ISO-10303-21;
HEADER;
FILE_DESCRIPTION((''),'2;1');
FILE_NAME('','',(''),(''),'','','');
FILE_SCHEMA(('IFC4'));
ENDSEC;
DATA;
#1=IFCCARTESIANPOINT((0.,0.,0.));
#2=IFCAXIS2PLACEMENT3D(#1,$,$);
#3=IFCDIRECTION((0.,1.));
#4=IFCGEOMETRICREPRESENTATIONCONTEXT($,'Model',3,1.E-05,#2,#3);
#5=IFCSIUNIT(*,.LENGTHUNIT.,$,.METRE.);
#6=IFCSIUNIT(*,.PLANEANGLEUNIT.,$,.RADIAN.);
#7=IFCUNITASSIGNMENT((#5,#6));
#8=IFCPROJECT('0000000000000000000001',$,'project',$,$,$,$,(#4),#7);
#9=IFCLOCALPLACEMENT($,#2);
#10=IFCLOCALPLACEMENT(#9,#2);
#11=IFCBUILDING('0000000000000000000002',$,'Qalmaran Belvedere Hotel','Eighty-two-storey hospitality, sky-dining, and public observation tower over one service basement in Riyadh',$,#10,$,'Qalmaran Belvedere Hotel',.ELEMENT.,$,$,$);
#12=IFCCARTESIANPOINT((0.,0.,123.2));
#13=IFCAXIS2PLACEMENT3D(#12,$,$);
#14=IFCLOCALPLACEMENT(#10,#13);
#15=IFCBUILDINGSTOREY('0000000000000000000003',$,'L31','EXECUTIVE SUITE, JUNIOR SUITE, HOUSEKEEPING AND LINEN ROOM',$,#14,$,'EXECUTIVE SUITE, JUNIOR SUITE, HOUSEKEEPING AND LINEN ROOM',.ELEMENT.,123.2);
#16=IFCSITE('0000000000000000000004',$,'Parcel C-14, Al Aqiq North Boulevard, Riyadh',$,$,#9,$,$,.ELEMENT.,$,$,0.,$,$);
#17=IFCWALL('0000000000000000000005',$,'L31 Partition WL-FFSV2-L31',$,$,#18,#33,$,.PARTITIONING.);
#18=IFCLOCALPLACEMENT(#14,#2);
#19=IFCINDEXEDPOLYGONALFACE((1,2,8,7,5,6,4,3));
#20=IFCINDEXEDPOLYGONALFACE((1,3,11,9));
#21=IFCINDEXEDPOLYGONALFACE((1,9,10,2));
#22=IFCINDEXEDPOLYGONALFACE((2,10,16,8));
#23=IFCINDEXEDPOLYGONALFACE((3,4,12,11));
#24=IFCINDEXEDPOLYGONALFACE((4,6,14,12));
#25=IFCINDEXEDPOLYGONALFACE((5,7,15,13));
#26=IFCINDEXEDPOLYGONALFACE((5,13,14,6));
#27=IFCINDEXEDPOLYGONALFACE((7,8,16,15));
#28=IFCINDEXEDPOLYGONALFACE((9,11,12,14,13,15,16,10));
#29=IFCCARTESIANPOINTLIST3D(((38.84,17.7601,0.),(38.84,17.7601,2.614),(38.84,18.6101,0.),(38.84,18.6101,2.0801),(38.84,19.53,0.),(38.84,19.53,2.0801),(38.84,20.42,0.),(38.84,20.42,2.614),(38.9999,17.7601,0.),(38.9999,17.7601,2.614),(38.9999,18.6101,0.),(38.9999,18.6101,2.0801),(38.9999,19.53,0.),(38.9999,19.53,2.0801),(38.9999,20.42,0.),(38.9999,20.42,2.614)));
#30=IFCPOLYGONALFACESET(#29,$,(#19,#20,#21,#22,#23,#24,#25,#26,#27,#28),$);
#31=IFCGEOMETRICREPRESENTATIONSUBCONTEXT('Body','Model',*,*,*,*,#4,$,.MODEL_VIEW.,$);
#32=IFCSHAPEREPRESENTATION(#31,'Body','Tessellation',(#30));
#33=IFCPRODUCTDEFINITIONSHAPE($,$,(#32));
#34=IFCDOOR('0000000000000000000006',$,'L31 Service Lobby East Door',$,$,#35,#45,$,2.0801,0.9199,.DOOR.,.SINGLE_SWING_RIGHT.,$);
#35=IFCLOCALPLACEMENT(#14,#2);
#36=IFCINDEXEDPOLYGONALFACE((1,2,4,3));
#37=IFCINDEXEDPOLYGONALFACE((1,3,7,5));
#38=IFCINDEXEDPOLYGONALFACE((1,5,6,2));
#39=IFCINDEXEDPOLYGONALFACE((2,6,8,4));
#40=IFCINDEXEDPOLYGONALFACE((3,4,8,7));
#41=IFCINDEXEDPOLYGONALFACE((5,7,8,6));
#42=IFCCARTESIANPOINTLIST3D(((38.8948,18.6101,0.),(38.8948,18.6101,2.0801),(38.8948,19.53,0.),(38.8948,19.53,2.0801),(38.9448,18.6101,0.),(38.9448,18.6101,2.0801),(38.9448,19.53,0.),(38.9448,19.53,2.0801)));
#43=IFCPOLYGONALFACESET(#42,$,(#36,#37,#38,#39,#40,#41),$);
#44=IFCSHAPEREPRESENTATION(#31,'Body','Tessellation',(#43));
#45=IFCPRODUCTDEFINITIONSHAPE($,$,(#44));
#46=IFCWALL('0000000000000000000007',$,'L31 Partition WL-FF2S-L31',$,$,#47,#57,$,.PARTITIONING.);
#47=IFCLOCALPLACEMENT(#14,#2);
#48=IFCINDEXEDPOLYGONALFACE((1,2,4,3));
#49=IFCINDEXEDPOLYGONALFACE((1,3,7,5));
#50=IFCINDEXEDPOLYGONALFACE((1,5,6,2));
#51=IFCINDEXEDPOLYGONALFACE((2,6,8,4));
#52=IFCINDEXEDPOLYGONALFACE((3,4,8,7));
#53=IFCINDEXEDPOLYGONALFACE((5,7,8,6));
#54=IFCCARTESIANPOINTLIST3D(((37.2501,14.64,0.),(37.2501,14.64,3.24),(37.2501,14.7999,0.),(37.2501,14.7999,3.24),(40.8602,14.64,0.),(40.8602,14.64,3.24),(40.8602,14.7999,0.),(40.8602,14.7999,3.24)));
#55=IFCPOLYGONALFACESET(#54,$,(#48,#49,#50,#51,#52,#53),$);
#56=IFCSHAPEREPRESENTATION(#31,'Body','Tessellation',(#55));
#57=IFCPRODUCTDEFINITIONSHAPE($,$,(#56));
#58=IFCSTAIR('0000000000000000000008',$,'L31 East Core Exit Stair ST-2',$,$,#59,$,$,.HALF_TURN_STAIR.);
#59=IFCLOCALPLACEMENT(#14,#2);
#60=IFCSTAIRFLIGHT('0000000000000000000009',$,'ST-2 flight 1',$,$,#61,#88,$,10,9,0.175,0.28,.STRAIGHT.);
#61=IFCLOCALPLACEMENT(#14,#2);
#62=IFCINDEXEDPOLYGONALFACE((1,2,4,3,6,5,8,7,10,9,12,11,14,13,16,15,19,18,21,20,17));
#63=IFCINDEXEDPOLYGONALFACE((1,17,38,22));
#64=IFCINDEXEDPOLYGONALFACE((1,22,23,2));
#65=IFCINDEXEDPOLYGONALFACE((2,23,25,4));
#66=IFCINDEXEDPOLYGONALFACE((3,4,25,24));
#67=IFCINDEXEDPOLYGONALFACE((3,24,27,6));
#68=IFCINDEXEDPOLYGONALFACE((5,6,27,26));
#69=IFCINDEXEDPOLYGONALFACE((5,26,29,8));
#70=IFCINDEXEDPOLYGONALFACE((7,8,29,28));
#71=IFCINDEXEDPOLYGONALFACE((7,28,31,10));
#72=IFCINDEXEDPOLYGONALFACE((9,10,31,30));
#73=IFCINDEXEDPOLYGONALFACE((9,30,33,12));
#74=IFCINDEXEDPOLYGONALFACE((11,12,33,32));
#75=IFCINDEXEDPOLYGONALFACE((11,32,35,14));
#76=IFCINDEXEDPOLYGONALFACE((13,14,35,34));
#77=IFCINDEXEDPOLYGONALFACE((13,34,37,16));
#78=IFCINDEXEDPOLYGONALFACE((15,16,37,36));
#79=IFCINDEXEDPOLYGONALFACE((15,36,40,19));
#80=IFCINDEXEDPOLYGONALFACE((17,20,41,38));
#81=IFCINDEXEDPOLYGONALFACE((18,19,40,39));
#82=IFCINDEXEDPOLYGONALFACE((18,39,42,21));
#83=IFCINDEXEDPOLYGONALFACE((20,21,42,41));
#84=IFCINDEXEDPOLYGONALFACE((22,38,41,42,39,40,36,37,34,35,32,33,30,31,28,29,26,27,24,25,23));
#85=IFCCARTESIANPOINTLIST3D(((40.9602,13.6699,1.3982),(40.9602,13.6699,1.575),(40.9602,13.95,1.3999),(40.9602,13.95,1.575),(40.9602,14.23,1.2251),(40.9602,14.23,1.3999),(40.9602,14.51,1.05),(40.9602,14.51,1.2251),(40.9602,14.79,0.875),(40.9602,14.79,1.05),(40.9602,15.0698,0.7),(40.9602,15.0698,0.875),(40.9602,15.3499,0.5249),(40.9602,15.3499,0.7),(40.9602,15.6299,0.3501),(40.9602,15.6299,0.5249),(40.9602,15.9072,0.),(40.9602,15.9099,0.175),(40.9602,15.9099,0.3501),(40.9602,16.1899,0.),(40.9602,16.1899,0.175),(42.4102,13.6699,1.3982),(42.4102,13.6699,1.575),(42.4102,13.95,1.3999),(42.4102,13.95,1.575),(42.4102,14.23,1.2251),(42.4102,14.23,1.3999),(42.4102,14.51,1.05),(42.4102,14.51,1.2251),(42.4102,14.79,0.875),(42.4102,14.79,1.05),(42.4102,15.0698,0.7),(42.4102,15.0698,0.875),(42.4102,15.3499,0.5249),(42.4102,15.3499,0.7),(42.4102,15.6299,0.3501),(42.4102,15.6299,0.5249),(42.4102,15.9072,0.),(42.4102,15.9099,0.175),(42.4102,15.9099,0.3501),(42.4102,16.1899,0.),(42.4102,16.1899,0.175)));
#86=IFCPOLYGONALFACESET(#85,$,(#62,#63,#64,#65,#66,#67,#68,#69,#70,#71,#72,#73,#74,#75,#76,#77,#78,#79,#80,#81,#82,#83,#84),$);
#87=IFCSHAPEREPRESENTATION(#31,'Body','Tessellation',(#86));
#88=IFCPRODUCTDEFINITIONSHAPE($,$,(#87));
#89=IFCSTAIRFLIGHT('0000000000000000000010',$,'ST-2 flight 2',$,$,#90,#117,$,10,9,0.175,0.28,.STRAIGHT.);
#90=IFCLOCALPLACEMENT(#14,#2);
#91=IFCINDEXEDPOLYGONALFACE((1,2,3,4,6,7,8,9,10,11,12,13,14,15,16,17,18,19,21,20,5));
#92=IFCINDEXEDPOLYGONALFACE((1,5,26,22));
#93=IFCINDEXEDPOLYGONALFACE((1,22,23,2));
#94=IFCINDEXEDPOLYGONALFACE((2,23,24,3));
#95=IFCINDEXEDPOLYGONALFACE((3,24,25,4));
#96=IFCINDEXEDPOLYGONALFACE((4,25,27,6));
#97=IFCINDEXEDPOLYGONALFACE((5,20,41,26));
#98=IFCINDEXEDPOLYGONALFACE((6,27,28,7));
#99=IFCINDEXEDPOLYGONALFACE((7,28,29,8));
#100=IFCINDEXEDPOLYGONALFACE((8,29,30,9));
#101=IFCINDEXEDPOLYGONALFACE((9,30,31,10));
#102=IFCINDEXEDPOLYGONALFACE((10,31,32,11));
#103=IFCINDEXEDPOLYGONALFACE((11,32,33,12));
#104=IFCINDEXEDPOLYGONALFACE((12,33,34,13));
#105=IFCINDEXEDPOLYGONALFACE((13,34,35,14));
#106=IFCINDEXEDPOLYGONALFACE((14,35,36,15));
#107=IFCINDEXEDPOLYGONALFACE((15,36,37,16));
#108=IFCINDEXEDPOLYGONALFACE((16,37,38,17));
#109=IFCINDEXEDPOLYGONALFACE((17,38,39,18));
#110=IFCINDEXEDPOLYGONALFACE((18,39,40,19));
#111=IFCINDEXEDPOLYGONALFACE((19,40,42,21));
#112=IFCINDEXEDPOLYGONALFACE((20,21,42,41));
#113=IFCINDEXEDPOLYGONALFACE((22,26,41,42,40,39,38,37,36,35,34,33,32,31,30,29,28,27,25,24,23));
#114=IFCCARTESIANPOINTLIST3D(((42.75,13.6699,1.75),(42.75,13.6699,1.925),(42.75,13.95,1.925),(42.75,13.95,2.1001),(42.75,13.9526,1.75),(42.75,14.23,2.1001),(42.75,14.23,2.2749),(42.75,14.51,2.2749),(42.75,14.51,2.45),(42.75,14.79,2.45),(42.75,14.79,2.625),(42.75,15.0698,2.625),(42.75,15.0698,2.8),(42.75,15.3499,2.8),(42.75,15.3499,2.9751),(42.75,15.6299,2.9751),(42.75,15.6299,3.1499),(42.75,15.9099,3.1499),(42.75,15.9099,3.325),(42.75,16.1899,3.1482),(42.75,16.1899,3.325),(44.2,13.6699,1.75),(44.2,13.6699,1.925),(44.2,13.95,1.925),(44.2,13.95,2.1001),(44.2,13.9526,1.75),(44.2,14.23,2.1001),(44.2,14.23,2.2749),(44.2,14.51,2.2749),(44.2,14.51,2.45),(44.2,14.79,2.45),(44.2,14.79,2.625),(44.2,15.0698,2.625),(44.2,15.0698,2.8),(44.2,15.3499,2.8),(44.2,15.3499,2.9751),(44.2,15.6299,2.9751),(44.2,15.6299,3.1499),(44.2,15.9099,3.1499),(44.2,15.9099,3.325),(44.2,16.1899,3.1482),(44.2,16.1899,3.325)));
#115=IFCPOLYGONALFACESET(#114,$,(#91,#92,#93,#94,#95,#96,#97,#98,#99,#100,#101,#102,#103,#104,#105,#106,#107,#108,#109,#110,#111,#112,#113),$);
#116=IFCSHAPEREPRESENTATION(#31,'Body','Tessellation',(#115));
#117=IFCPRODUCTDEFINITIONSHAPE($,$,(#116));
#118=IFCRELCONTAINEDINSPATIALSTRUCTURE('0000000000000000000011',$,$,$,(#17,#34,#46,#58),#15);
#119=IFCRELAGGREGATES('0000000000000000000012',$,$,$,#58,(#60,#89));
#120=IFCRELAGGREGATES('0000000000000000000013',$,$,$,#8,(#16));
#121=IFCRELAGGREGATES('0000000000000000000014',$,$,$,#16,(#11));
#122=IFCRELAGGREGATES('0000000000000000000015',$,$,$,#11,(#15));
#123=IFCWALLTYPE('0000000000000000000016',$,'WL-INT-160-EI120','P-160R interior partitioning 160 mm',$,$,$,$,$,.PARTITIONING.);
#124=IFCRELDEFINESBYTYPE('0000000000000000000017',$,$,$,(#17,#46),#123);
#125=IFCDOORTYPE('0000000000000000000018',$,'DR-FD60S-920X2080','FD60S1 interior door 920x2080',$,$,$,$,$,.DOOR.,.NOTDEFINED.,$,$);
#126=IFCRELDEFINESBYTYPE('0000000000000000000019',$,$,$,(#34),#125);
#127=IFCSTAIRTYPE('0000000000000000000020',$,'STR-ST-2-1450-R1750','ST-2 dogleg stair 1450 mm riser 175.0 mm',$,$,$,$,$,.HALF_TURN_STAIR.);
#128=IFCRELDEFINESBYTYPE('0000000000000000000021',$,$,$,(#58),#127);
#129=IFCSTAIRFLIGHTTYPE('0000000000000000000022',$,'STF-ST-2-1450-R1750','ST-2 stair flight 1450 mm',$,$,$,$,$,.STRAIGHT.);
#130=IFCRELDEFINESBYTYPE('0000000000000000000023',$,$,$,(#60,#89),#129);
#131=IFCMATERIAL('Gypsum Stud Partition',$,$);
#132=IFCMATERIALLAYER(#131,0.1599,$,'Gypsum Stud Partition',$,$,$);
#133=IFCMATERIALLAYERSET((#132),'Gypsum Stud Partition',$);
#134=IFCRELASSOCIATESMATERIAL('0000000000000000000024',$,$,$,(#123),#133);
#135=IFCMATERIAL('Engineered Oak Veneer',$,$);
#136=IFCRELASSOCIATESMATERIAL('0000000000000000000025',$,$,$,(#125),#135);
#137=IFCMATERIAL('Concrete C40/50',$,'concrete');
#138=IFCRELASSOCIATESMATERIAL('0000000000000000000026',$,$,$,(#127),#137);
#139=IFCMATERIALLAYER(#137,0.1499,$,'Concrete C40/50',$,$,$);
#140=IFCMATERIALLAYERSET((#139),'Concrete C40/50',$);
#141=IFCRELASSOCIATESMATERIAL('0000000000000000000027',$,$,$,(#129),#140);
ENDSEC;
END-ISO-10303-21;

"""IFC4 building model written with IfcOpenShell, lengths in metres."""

from ifc_helpers import new_model, si_unit, direction, frame, frame_2d, origin, place, context, subcontext, project, spatial, polyline, rectangle, outline, extrude, material, layer, layer_set, type_object, element, fill, aggregate, save


model = new_model("IFC4")

# Units and contexts
model_context = context("Model", 3, precision=1e-05, world=origin(), true_north=direction((0.0, 1.0)))
body_context = subcontext(model_context, "Body", "Model", "MODEL_VIEW")
ifc_project = project(units=[si_unit("LENGTHUNIT", "METRE"), si_unit("PLANEANGLEUNIT", "RADIAN")], contexts=[model_context])

# Site, building, storey
site_placement = place(None, origin())
site = spatial("IfcSite", under=ifc_project, at=site_placement, Name="Parcel C-14, Al Aqiq North Boulevard, Riyadh", CompositionType="ELEMENT", RefElevation=0.0)
building_placement = place(site_placement, origin())
building = spatial("IfcBuilding", under=site, at=building_placement, Name="Qalmaran Belvedere Hotel", Description="Eighty-two-storey hospitality, sky-dining, and public observation tower over one service basement in Riyadh", LongName="Qalmaran Belvedere Hotel", CompositionType="ELEMENT")
storey_placement = place(building_placement, frame((0.0, 0.0, 123.2)))
storey = spatial("IfcBuildingStorey", under=building, at=storey_placement, Name="L31", Description="EXECUTIVE SUITE, JUNIOR SUITE, HOUSEKEEPING AND LINEN ROOM", LongName="EXECUTIVE SUITE, JUNIOR SUITE, HOUSEKEEPING AND LINEN ROOM", CompositionType="ELEMENT", Elevation=123.2)

# Shared definitions
ifc_material_1 = material(Name="Gypsum Stud Partition")

# Wall, opening, door
ifc_layer_1 = layer(ifc_material_1, 0.1599, Name="Gypsum Stud Partition")
ifc_layer_set_1 = layer_set([ifc_layer_1], Name="Gypsum Stud Partition")
wall_type_1 = type_object("IfcWallType", Name="WL-INT-160-EI120", Description="P-160R interior partitioning 160 mm", PredefinedType="PARTITIONING", material=ifc_layer_set_1)
wall_1_placement = place(storey_placement, frame((38.9199, 17.76, 0.0), z_axis=(0.0, 0.0, 1.0), x_axis=(0.0, 1.0, 0.0)))
wall_1 = element("IfcWall", 1, at=wall_1_placement, inside=storey, type_object=wall_type_1, Name="L31 Partition WL-FFSV2-L31", PredefinedType="PARTITIONING", context=body_context, shape_type="SweptSolid", body=[
    extrude(rectangle(XDim=2.6599, YDim=0.1599, at=frame_2d((1.3301, 0.0))), origin(), (0.0, 0.0, 1.0), 2.614),
])
opening_1_placement = place(wall_1_placement, frame((1.77, 0.0, 0.0), z_axis=(0.0, 0.0, 1.0), x_axis=(-1.0, 0.0, 0.0)))
opening_1 = element("IfcOpeningElement", 2, at=opening_1_placement, cuts=wall_1, PredefinedType="OPENING", context=body_context, shape_type="SweptSolid", body=[
    extrude(rectangle(XDim=0.9199, YDim=2.0801, at=frame_2d((0.46, 1.04))), frame((0.0, 0.0898, 0.0), z_axis=(0.0, -1.0, 0.0), x_axis=(1.0, 0.0, 0.0)), (0.0, 0.0, 1.0), 0.1799),
])
ifc_material_2 = material(Name="Engineered Oak Veneer")
door_type_1 = type_object("IfcDoorType", Name="DR-FD60S-920X2080", Description="FD60S1 interior door 920x2080", OperationType="NOTDEFINED", PredefinedType="DOOR", material=ifc_material_2)
door_1_placement = place(opening_1_placement, origin())
door_1 = element("IfcDoor", 3, at=door_1_placement, inside=storey, type_object=door_type_1, Name="L31 Service Lobby East Door", OperationType="SINGLE_SWING_RIGHT", OverallHeight=2.0801, OverallWidth=0.9199, PredefinedType="DOOR", context=body_context, shape_type="SweptSolid", body=[
    extrude(rectangle(XDim=0.9199, YDim=2.0801, at=frame_2d((0.46, 1.04))), frame((0.0, 0.0249, 0.0), z_axis=(0.0, -1.0, 0.0), x_axis=(1.0, 0.0, 0.0)), (0.0, 0.0, 1.0), 0.05),
])
fill(opening_1, door_1)

# Wall
wall_2_placement = place(storey_placement, frame((37.25, 14.72, 0.0), z_axis=(0.0, 0.0, 1.0), x_axis=(1.0, 0.0, 0.0)))
element("IfcWall", 4, at=wall_2_placement, inside=storey, type_object=wall_type_1, Name="L31 Partition WL-FF2S-L31", PredefinedType="PARTITIONING", context=body_context, shape_type="SweptSolid", body=[
    extrude(rectangle(XDim=3.6101, YDim=0.1599, at=frame_2d((1.8052, 0.0))), origin(), (0.0, 0.0, 1.0), 3.24),
])

# Stair, stair flights
ifc_material_3 = material(Name="Concrete C40/50", Category="concrete")
stair_type = type_object("IfcStairType", Name="STR-ST-2-1450-R1750", Description="ST-2 dogleg stair 1450 mm riser 175.0 mm", PredefinedType="HALF_TURN_STAIR", material=ifc_material_3)
stair_placement = place(storey_placement, origin())
stair = element("IfcStair", 5, at=stair_placement, inside=storey, type_object=stair_type, Name="L31 East Core Exit Stair ST-2", PredefinedType="HALF_TURN_STAIR")
ifc_layer_2 = layer(ifc_material_3, 0.1499, Name="Concrete C40/50")
ifc_layer_set_2 = layer_set([ifc_layer_2], Name="Concrete C40/50")
stair_flight_type = type_object("IfcStairFlightType", Name="STF-ST-2-1450-R1750", Description="ST-2 stair flight 1450 mm", PredefinedType="STRAIGHT", material=ifc_layer_set_2)
stair_flight_1_placement = place(storey_placement, frame((41.6851, 16.1899, 0.0), z_axis=(0.0, 0.0, 1.0), x_axis=(0.0, -1.0, 0.0)))
stair_flight_1 = element("IfcStairFlight", 6, at=stair_flight_1_placement, type_object=stair_flight_type, Name="ST-2 flight 1", NumberOfRisers=10, NumberOfTreads=9, PredefinedType="STRAIGHT", RiserHeight=0.175, TreadLength=0.28, context=body_context, shape_type="SweptSolid", body=[
    extrude(outline(polyline([(0.0, 0.0), (0.0, 0.175), (0.28, 0.175), (0.28, 0.3501), (0.5601, 0.3501), (0.5601, 0.5249), (0.8401, 0.5249), (0.8401, 0.7), (1.1201, 0.7), (1.1201, 0.875), (1.3999, 0.875), (1.3999, 1.05), (1.6799, 1.05), (1.6799, 1.2251), (1.96, 1.2251), (1.96, 1.3999), (2.24, 1.3999), (2.24, 1.575), (2.52, 1.575), (2.52, 1.75), (2.52, 1.3982), (0.2827, 0.0), (0.0, 0.0)])), frame((0.0, 0.7251, 0.0), z_axis=(0.0, -1.0, 0.0), x_axis=(1.0, 0.0, 0.0)), (0.0, 0.0, 1.0), 1.45),
])
stair_flight_2_placement = place(storey_placement, frame((43.4751, 13.6699, 1.75), z_axis=(0.0, 0.0, 1.0), x_axis=(0.0, 1.0, 0.0)))
stair_flight_2 = element("IfcStairFlight", 7, at=stair_flight_2_placement, type_object=stair_flight_type, Name="ST-2 flight 2", NumberOfRisers=10, NumberOfTreads=9, PredefinedType="STRAIGHT", RiserHeight=0.175, TreadLength=0.28, context=body_context, shape_type="SweptSolid", body=[
    extrude(outline(polyline([(0.0, 0.0), (0.0, 0.175), (0.28, 0.175), (0.28, 0.3501), (0.5601, 0.3501), (0.5601, 0.5249), (0.8401, 0.5249), (0.8401, 0.7), (1.1201, 0.7), (1.1201, 0.875), (1.3999, 0.875), (1.3999, 1.05), (1.6799, 1.05), (1.6799, 1.2251), (1.96, 1.2251), (1.96, 1.3999), (2.24, 1.3999), (2.24, 1.575), (2.52, 1.575), (2.52, 1.75), (2.52, 1.3982), (0.2827, 0.0), (0.0, 0.0)])), frame((0.0, 0.7251, 0.0), z_axis=(0.0, -1.0, 0.0), x_axis=(1.0, 0.0, 0.0)), (0.0, 0.0, 1.0), 1.45),
])
aggregate(stair, [stair_flight_1, stair_flight_2])

save(model, "model.ifc")
